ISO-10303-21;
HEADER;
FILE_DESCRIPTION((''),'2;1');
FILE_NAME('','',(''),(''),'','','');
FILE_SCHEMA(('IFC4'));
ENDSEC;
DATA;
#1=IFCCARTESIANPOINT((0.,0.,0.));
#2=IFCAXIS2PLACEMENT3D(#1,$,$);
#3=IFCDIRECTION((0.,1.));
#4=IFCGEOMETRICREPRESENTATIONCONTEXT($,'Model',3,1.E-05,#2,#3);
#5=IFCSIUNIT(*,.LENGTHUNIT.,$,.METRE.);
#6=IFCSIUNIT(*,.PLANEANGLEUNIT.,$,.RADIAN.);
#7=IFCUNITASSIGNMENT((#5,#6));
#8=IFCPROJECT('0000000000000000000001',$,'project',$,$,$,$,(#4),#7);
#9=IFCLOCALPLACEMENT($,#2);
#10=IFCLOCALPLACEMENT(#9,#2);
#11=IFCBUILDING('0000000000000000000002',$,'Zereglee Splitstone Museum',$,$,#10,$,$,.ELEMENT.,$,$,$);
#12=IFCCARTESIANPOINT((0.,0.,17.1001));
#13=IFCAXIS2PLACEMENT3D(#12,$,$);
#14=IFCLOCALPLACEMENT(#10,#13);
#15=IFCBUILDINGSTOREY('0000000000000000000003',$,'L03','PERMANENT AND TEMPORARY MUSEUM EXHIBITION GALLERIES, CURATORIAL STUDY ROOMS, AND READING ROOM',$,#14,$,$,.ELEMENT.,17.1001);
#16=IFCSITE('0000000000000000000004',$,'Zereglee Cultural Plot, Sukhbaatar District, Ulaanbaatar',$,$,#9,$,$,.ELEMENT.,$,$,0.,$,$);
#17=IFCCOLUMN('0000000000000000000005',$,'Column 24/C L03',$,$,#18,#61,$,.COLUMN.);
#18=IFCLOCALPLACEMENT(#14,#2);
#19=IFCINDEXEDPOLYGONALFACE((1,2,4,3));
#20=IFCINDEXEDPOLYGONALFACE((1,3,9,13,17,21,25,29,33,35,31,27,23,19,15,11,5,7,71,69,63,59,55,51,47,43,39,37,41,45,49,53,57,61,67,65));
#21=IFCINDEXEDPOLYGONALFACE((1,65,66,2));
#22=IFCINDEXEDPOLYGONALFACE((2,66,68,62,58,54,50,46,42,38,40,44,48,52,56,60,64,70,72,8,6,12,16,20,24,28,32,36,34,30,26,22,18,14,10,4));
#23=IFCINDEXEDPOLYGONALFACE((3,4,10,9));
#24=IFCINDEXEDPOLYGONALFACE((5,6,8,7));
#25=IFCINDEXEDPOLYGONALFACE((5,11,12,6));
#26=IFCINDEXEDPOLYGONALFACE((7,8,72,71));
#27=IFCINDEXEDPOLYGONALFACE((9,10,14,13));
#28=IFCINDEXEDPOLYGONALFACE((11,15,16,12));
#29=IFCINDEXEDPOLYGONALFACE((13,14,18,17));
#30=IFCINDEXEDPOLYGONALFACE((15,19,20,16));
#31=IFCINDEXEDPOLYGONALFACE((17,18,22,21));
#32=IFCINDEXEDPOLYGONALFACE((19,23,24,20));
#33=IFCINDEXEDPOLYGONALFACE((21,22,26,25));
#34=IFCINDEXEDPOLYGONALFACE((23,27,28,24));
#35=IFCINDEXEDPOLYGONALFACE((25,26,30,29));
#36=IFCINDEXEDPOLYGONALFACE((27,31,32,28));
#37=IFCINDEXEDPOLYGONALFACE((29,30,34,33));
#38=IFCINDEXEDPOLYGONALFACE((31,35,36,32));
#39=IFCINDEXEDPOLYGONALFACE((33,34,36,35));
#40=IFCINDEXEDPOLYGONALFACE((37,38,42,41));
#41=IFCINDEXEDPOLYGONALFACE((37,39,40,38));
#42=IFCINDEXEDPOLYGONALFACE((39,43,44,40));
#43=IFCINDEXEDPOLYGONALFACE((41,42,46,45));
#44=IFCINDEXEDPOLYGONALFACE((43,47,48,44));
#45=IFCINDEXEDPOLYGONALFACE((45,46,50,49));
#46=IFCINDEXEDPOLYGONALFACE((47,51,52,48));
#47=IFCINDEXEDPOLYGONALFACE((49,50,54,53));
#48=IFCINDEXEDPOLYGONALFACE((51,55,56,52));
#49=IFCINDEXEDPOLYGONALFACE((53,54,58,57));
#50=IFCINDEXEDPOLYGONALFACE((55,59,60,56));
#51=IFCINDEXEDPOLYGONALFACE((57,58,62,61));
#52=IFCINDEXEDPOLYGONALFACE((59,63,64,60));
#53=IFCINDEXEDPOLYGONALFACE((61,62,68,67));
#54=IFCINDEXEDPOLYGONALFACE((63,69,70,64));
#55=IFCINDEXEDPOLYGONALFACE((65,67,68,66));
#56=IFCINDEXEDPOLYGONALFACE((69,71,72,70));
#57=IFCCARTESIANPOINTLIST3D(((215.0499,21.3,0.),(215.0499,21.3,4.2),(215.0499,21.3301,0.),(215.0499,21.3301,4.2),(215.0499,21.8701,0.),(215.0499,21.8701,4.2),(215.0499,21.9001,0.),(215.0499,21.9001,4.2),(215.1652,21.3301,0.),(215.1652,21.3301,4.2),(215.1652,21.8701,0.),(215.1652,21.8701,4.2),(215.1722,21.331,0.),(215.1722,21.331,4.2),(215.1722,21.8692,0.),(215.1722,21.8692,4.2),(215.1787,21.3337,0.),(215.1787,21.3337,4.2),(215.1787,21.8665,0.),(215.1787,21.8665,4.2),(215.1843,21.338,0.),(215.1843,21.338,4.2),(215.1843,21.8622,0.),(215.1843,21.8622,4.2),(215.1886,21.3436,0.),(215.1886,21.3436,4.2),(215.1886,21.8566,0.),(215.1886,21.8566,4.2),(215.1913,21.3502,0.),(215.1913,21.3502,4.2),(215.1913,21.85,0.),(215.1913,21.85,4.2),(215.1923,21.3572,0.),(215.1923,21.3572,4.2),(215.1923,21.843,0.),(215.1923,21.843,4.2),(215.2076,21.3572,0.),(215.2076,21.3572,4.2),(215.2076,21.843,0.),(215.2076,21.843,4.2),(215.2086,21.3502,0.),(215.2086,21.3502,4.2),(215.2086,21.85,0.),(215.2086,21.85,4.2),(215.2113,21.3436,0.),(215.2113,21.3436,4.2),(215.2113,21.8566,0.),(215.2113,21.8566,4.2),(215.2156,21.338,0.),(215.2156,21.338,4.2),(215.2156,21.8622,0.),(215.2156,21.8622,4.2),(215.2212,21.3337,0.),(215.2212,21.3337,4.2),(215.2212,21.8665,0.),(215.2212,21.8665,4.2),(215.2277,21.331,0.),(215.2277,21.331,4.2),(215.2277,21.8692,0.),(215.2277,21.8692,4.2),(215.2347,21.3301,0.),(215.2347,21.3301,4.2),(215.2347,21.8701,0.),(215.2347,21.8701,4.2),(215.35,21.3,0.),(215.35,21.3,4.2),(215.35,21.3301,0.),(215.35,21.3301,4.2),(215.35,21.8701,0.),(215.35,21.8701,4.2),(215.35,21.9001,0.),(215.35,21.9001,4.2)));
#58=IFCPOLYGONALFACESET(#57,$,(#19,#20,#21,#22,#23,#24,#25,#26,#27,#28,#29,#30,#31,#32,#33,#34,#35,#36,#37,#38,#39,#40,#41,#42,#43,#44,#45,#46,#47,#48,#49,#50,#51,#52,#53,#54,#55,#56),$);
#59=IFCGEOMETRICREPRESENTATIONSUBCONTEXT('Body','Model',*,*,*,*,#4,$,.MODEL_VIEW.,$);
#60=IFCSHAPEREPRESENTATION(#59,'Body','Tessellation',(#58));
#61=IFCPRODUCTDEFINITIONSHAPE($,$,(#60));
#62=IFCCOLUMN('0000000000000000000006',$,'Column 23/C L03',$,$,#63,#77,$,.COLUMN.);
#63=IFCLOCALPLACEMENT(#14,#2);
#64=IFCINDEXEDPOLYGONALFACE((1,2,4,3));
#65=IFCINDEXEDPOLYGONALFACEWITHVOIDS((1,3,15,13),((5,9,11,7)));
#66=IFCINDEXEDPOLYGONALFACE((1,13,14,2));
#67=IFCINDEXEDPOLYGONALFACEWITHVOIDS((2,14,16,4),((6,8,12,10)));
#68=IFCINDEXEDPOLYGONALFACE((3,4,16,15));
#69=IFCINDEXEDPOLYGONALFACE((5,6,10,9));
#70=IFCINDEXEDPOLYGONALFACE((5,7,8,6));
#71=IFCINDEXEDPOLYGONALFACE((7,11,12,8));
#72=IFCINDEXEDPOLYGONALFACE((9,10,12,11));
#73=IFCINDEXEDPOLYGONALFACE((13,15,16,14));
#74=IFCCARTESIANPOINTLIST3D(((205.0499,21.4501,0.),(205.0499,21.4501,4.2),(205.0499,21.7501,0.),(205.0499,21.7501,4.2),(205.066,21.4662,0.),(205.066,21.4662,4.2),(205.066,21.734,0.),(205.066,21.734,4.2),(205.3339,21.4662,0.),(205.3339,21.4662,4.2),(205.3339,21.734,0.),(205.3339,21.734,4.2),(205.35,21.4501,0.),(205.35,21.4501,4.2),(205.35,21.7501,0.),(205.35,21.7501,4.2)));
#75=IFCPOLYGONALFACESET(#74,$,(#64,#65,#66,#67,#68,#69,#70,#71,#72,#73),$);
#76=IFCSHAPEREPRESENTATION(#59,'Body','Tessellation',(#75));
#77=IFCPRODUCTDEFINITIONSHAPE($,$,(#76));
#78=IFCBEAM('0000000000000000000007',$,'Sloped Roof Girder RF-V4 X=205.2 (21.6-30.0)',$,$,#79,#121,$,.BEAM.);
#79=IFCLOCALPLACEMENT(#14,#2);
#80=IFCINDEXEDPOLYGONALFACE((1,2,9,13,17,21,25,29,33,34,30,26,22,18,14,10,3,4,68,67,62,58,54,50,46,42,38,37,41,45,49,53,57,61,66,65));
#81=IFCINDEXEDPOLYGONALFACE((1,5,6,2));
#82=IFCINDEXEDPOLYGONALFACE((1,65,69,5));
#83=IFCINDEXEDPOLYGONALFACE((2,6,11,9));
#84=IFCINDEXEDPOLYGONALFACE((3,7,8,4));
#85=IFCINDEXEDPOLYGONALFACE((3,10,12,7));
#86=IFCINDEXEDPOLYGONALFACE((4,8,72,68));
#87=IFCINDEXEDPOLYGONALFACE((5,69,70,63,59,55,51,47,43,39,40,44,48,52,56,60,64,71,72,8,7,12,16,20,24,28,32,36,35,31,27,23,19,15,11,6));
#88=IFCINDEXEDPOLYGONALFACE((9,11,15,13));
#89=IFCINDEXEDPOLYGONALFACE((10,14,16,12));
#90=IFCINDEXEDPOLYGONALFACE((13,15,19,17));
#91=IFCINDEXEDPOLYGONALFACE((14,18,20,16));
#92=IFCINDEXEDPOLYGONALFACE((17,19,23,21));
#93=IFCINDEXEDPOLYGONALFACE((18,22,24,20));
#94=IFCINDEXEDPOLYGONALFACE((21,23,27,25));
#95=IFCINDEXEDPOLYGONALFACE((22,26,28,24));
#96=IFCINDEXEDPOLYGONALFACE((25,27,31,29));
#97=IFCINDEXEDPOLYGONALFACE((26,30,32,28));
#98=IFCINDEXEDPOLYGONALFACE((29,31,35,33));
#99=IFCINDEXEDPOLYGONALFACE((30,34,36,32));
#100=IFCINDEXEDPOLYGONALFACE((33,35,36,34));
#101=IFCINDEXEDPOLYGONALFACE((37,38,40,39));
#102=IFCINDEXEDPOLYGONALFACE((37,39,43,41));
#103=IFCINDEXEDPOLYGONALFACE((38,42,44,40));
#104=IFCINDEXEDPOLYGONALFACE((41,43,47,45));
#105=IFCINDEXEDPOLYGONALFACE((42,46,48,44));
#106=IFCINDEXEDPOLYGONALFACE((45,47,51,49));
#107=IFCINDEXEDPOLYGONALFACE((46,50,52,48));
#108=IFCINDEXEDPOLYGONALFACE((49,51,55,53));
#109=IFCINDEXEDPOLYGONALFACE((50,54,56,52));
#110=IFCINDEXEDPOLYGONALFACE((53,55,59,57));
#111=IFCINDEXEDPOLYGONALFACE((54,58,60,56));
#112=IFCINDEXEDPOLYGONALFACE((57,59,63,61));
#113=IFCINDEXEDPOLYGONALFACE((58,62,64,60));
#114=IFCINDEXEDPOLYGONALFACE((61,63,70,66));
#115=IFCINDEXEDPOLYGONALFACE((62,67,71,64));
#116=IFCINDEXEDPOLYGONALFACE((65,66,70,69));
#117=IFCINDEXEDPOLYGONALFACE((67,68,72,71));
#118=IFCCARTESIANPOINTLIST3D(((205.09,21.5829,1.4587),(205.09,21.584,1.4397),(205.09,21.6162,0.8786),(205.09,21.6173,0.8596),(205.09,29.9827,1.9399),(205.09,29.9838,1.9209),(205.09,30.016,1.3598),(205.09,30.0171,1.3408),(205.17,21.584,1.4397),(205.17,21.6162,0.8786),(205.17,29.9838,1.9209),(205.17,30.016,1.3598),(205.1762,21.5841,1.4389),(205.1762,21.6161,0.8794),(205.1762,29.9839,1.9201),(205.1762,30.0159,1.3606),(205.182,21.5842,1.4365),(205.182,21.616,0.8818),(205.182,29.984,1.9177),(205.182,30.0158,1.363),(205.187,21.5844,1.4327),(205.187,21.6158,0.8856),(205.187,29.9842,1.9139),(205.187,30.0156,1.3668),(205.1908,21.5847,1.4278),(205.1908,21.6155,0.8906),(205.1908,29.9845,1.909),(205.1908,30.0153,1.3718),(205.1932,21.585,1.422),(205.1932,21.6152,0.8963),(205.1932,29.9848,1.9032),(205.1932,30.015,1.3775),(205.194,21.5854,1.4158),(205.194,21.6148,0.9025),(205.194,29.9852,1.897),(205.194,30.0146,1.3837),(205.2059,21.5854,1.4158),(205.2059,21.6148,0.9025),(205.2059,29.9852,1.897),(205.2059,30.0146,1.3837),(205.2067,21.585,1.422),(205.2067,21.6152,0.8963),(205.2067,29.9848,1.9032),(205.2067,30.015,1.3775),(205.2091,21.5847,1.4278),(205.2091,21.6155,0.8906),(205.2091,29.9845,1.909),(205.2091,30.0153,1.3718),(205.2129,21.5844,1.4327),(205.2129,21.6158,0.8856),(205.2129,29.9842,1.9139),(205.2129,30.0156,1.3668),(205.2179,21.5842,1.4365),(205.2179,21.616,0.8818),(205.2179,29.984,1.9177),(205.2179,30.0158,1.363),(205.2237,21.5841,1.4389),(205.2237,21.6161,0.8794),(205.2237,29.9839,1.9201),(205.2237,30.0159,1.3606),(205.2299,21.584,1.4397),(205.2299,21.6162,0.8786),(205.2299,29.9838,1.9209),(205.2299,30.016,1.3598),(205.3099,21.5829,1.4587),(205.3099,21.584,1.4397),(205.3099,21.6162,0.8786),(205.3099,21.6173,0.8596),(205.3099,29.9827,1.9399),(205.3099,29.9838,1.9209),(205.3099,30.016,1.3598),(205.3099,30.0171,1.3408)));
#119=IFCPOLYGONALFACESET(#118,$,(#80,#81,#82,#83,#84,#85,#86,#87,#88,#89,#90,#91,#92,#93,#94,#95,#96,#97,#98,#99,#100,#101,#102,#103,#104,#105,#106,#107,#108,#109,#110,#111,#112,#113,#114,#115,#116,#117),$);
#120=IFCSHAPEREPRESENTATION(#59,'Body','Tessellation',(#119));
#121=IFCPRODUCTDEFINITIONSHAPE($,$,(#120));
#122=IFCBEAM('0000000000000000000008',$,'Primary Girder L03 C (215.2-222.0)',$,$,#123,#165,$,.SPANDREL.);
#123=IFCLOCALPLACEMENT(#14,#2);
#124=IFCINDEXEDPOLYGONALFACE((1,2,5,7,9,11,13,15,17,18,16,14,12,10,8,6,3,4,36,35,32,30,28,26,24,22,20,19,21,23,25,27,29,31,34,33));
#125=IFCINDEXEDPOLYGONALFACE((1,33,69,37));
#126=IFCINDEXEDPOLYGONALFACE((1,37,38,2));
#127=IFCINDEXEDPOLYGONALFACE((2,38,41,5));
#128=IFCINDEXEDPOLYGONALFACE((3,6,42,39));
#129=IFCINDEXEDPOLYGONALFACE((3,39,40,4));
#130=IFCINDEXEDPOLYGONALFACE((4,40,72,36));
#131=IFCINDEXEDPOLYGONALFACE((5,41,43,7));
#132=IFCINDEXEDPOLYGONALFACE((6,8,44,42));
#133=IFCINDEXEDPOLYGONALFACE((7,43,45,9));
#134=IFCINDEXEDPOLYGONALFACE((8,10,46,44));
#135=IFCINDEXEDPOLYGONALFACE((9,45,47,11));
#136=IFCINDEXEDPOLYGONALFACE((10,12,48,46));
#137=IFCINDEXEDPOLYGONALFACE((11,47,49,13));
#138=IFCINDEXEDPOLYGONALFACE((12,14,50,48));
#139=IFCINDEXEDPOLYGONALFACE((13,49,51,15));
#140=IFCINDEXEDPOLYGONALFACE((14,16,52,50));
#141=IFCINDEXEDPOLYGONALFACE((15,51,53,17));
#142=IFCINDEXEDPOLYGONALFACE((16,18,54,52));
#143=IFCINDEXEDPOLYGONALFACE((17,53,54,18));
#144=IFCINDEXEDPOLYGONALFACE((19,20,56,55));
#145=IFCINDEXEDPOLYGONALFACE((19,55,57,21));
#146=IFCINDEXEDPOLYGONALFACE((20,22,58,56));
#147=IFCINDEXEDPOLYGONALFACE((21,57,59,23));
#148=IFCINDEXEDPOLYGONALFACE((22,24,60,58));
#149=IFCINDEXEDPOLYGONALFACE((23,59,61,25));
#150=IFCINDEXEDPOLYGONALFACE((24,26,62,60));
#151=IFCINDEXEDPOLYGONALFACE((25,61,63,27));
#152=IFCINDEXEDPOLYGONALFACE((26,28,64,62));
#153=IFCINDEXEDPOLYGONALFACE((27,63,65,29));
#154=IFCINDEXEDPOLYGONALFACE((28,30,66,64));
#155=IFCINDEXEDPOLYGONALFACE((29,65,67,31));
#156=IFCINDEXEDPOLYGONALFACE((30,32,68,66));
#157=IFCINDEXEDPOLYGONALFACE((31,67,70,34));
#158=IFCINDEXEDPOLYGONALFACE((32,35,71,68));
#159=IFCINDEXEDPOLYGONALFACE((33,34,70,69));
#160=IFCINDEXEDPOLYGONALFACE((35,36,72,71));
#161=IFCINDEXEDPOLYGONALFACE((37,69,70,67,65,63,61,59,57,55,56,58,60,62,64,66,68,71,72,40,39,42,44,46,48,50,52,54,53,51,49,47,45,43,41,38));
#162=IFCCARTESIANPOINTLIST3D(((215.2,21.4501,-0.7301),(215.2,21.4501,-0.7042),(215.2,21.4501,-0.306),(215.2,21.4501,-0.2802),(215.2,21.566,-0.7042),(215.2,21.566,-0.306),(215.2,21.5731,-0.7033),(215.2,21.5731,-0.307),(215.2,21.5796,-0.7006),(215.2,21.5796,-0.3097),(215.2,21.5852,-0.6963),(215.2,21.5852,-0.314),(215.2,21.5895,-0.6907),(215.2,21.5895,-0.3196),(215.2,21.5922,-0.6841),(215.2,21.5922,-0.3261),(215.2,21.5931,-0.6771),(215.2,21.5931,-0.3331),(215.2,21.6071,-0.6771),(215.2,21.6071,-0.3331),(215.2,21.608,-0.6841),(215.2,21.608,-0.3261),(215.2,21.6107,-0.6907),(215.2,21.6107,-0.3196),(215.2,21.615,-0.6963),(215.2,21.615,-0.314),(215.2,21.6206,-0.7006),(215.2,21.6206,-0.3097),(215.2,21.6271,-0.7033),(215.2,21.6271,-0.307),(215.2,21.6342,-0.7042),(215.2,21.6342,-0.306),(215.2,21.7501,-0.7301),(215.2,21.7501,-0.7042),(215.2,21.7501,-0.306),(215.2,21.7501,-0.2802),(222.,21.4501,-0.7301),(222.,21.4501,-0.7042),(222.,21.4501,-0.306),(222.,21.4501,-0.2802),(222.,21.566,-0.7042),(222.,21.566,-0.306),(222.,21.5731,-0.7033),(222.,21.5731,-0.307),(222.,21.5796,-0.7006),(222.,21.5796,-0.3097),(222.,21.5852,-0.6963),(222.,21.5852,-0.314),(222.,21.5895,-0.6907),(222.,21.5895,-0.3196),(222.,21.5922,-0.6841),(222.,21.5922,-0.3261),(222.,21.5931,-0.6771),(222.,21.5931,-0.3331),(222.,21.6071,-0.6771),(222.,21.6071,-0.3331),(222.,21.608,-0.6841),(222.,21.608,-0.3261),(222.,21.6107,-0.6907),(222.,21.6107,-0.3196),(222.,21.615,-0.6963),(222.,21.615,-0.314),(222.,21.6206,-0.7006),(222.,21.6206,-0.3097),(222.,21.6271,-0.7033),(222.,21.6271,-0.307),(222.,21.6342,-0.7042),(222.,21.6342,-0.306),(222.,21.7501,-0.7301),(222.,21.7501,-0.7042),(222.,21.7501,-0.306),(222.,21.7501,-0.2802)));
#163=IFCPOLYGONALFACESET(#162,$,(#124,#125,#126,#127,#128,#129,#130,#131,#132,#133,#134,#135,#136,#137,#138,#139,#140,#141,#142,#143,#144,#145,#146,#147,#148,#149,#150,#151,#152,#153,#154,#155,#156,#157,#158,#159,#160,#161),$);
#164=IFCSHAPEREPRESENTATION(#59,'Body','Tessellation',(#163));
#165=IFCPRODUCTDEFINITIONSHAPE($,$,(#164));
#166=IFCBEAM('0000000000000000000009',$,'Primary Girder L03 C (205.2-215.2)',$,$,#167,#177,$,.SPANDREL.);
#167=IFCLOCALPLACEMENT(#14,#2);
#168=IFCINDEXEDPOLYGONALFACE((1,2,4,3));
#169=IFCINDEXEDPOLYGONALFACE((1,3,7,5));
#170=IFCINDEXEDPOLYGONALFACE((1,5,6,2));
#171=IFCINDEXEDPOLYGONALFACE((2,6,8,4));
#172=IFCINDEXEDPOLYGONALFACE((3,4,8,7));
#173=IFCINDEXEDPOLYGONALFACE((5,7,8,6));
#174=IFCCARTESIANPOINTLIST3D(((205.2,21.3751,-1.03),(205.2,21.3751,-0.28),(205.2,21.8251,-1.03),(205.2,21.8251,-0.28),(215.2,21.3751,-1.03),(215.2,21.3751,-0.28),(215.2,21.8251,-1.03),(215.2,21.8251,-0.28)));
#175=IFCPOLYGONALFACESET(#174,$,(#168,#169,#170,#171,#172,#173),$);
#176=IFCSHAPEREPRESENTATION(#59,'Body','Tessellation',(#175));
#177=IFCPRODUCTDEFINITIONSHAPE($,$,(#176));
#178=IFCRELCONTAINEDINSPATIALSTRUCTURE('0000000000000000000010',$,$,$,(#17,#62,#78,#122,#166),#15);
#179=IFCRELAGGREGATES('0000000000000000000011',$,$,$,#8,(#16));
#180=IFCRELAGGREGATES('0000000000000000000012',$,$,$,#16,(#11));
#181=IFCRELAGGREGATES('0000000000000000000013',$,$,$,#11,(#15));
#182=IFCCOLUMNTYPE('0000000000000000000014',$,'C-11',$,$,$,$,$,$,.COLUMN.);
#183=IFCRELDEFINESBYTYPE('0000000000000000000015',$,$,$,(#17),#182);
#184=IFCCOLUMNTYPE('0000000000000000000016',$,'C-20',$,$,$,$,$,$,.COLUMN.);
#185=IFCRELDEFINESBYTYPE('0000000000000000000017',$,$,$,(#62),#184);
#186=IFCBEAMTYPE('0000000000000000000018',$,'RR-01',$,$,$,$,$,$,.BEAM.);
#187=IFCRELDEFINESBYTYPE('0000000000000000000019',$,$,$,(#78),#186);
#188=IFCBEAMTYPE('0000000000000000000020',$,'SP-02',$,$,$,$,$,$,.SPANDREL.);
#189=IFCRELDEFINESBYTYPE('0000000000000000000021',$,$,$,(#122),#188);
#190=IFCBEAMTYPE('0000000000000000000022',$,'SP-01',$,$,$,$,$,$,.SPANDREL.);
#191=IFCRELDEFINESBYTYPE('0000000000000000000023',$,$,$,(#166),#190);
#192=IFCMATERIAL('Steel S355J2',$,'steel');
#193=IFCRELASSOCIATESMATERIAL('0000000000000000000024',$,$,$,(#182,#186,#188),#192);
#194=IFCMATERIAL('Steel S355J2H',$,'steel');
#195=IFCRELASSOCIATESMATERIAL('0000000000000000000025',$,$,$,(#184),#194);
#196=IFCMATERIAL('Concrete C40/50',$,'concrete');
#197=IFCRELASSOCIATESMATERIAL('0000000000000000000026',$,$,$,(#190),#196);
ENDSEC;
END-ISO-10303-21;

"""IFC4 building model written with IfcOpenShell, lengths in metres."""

from ifc_helpers import new_model, si_unit, direction, frame, origin, origin_2d, place, context, subcontext, project, spatial, rectangle, hollow_rectangle, i_section, extrude, material, material_profile, profile_set, type_object, element, save


model = new_model("IFC4")

# Units and contexts
model_context = context("Model", 3, precision=1e-05, world=origin(), true_north=direction((0.0, 1.0)))
body_context = subcontext(model_context, "Body", "Model", "MODEL_VIEW")
ifc_project = project(units=[si_unit("LENGTHUNIT", "METRE"), si_unit("PLANEANGLEUNIT", "RADIAN")], contexts=[model_context])

# Site, building, storey
site_placement = place(None, origin())
site = spatial("IfcSite", under=ifc_project, at=site_placement, Name="Zereglee Cultural Plot, Sukhbaatar District, Ulaanbaatar", CompositionType="ELEMENT", RefElevation=0.0)
building_placement = place(site_placement, origin())
building = spatial("IfcBuilding", under=site, at=building_placement, Name="Zereglee Splitstone Museum", CompositionType="ELEMENT")
storey_placement = place(building_placement, frame((0.0, 0.0, 17.1001)))
storey = spatial("IfcBuildingStorey", under=building, at=storey_placement, Name="L03", Description="PERMANENT AND TEMPORARY MUSEUM EXHIBITION GALLERIES, CURATORIAL STUDY ROOMS, AND READING ROOM", CompositionType="ELEMENT", Elevation=17.1001)

# Columns
ifc_material_1 = material(Name="Steel S355J2", Category="steel")
ifc_material_profile_1 = material_profile(ifc_material_1, i_section(OverallWidth=0.3, OverallDepth=0.6001, WebThickness=0.0154, FlangeThickness=0.03, FilletRadius=0.0271, at=origin_2d()), Name="HE 600 B")
ifc_profile_set_1 = profile_set([ifc_material_profile_1], Name="Steel S355J2")
column_type_1 = type_object("IfcColumnType", Name="C-11", PredefinedType="COLUMN", material=ifc_profile_set_1)
column_1_placement = place(storey_placement, frame((215.2, 21.6001, 0.0), z_axis=(0.0, 0.0, 1.0), x_axis=(1.0, 0.0, 0.0)))
element("IfcColumn", 1, at=column_1_placement, inside=storey, type_object=column_type_1, Name="Column 24/C L03", PredefinedType="COLUMN", context=body_context, shape_type="SweptSolid", body=[
    extrude(i_section(OverallWidth=0.3, OverallDepth=0.6001, WebThickness=0.0154, FlangeThickness=0.03, FilletRadius=0.0271, at=origin_2d()), origin(), (0.0, 0.0, 1.0), 4.2),
])
ifc_material_2 = material(Name="Steel S355J2H", Category="steel")
ifc_material_profile_2 = material_profile(ifc_material_2, hollow_rectangle(XDim=0.3, YDim=0.3, WallThickness=0.0161, at=origin_2d()), Name="SHS 300x300x16")
ifc_profile_set_2 = profile_set([ifc_material_profile_2], Name="Steel S355J2H")
column_type_2 = type_object("IfcColumnType", Name="C-20", PredefinedType="COLUMN", material=ifc_profile_set_2)
column_2_placement = place(storey_placement, frame((205.2, 21.6001, 0.0), z_axis=(0.0, 0.0, 1.0), x_axis=(1.0, 0.0, 0.0)))
element("IfcColumn", 2, at=column_2_placement, inside=storey, type_object=column_type_2, Name="Column 23/C L03", PredefinedType="COLUMN", context=body_context, shape_type="SweptSolid", body=[
    extrude(hollow_rectangle(XDim=0.3, YDim=0.3, WallThickness=0.0161, at=origin_2d()), origin(), (0.0, 0.0, 1.0), 4.2),
])

# Beams
ifc_material_profile_3 = material_profile(ifc_material_1, i_section(OverallWidth=0.22, OverallDepth=0.6001, WebThickness=0.012, FlangeThickness=0.019, FilletRadius=0.0239, at=origin_2d()), Name="IPE 600")
ifc_profile_set_3 = profile_set([ifc_material_profile_3], Name="Steel S355J2")
beam_type_1 = type_object("IfcBeamType", Name="RR-01", PredefinedType="BEAM", material=ifc_profile_set_3)
beam_1_placement = place(storey_placement, frame((205.2, 21.6001, 1.1592), z_axis=(0.0, 0.998363, 0.057193), x_axis=(-1.0, 0.0, 0.0)))
element("IfcBeam", 3, at=beam_1_placement, inside=storey, type_object=beam_type_1, Name="Sloped Roof Girder RF-V4 X=205.2 (21.6-30.0)", PredefinedType="BEAM", context=body_context, shape_type="SweptSolid", body=[
    extrude(i_section(OverallWidth=0.22, OverallDepth=0.6001, WebThickness=0.012, FlangeThickness=0.019, FilletRadius=0.0239, at=origin_2d()), origin(), (0.0, 0.0, 1.0), 8.4136),
])
ifc_material_profile_4 = material_profile(ifc_material_1, i_section(OverallWidth=0.3, OverallDepth=0.45, WebThickness=0.0139, FlangeThickness=0.0259, FilletRadius=0.0271, at=origin_2d()), Name="HE 450 B")
ifc_profile_set_4 = profile_set([ifc_material_profile_4], Name="Steel S355J2")
beam_type_2 = type_object("IfcBeamType", Name="SP-02", PredefinedType="SPANDREL", material=ifc_profile_set_4)
beam_2_placement = place(storey_placement, frame((215.2, 21.6001, -0.5051), z_axis=(1.0, 0.0, 0.0), x_axis=(0.0, 1.0, 0.0)))
element("IfcBeam", 4, at=beam_2_placement, inside=storey, type_object=beam_type_2, Name="Primary Girder L03 C (215.2-222.0)", PredefinedType="SPANDREL", context=body_context, shape_type="SweptSolid", body=[
    extrude(i_section(OverallWidth=0.3, OverallDepth=0.45, WebThickness=0.0139, FlangeThickness=0.0259, FilletRadius=0.0271, at=origin_2d()), origin(), (0.0, 0.0, 1.0), 6.8),
])
ifc_material_3 = material(Name="Concrete C40/50", Category="concrete")
ifc_material_profile_5 = material_profile(ifc_material_3, rectangle(XDim=0.45, YDim=0.75, at=origin_2d()), Name="RC 450x750")
ifc_profile_set_5 = profile_set([ifc_material_profile_5], Name="Concrete C40/50")
beam_type_3 = type_object("IfcBeamType", Name="SP-01", PredefinedType="SPANDREL", material=ifc_profile_set_5)
beam_3_placement = place(storey_placement, frame((205.2, 21.6001, -0.655), z_axis=(1.0, 0.0, 0.0), x_axis=(0.0, 1.0, 0.0)))
element("IfcBeam", 5, at=beam_3_placement, inside=storey, type_object=beam_type_3, Name="Primary Girder L03 C (205.2-215.2)", PredefinedType="SPANDREL", context=body_context, shape_type="SweptSolid", body=[
    extrude(rectangle(XDim=0.45, YDim=0.75, at=origin_2d()), origin(), (0.0, 0.0, 1.0), 10.0),
])

save(model, "model.ifc")
